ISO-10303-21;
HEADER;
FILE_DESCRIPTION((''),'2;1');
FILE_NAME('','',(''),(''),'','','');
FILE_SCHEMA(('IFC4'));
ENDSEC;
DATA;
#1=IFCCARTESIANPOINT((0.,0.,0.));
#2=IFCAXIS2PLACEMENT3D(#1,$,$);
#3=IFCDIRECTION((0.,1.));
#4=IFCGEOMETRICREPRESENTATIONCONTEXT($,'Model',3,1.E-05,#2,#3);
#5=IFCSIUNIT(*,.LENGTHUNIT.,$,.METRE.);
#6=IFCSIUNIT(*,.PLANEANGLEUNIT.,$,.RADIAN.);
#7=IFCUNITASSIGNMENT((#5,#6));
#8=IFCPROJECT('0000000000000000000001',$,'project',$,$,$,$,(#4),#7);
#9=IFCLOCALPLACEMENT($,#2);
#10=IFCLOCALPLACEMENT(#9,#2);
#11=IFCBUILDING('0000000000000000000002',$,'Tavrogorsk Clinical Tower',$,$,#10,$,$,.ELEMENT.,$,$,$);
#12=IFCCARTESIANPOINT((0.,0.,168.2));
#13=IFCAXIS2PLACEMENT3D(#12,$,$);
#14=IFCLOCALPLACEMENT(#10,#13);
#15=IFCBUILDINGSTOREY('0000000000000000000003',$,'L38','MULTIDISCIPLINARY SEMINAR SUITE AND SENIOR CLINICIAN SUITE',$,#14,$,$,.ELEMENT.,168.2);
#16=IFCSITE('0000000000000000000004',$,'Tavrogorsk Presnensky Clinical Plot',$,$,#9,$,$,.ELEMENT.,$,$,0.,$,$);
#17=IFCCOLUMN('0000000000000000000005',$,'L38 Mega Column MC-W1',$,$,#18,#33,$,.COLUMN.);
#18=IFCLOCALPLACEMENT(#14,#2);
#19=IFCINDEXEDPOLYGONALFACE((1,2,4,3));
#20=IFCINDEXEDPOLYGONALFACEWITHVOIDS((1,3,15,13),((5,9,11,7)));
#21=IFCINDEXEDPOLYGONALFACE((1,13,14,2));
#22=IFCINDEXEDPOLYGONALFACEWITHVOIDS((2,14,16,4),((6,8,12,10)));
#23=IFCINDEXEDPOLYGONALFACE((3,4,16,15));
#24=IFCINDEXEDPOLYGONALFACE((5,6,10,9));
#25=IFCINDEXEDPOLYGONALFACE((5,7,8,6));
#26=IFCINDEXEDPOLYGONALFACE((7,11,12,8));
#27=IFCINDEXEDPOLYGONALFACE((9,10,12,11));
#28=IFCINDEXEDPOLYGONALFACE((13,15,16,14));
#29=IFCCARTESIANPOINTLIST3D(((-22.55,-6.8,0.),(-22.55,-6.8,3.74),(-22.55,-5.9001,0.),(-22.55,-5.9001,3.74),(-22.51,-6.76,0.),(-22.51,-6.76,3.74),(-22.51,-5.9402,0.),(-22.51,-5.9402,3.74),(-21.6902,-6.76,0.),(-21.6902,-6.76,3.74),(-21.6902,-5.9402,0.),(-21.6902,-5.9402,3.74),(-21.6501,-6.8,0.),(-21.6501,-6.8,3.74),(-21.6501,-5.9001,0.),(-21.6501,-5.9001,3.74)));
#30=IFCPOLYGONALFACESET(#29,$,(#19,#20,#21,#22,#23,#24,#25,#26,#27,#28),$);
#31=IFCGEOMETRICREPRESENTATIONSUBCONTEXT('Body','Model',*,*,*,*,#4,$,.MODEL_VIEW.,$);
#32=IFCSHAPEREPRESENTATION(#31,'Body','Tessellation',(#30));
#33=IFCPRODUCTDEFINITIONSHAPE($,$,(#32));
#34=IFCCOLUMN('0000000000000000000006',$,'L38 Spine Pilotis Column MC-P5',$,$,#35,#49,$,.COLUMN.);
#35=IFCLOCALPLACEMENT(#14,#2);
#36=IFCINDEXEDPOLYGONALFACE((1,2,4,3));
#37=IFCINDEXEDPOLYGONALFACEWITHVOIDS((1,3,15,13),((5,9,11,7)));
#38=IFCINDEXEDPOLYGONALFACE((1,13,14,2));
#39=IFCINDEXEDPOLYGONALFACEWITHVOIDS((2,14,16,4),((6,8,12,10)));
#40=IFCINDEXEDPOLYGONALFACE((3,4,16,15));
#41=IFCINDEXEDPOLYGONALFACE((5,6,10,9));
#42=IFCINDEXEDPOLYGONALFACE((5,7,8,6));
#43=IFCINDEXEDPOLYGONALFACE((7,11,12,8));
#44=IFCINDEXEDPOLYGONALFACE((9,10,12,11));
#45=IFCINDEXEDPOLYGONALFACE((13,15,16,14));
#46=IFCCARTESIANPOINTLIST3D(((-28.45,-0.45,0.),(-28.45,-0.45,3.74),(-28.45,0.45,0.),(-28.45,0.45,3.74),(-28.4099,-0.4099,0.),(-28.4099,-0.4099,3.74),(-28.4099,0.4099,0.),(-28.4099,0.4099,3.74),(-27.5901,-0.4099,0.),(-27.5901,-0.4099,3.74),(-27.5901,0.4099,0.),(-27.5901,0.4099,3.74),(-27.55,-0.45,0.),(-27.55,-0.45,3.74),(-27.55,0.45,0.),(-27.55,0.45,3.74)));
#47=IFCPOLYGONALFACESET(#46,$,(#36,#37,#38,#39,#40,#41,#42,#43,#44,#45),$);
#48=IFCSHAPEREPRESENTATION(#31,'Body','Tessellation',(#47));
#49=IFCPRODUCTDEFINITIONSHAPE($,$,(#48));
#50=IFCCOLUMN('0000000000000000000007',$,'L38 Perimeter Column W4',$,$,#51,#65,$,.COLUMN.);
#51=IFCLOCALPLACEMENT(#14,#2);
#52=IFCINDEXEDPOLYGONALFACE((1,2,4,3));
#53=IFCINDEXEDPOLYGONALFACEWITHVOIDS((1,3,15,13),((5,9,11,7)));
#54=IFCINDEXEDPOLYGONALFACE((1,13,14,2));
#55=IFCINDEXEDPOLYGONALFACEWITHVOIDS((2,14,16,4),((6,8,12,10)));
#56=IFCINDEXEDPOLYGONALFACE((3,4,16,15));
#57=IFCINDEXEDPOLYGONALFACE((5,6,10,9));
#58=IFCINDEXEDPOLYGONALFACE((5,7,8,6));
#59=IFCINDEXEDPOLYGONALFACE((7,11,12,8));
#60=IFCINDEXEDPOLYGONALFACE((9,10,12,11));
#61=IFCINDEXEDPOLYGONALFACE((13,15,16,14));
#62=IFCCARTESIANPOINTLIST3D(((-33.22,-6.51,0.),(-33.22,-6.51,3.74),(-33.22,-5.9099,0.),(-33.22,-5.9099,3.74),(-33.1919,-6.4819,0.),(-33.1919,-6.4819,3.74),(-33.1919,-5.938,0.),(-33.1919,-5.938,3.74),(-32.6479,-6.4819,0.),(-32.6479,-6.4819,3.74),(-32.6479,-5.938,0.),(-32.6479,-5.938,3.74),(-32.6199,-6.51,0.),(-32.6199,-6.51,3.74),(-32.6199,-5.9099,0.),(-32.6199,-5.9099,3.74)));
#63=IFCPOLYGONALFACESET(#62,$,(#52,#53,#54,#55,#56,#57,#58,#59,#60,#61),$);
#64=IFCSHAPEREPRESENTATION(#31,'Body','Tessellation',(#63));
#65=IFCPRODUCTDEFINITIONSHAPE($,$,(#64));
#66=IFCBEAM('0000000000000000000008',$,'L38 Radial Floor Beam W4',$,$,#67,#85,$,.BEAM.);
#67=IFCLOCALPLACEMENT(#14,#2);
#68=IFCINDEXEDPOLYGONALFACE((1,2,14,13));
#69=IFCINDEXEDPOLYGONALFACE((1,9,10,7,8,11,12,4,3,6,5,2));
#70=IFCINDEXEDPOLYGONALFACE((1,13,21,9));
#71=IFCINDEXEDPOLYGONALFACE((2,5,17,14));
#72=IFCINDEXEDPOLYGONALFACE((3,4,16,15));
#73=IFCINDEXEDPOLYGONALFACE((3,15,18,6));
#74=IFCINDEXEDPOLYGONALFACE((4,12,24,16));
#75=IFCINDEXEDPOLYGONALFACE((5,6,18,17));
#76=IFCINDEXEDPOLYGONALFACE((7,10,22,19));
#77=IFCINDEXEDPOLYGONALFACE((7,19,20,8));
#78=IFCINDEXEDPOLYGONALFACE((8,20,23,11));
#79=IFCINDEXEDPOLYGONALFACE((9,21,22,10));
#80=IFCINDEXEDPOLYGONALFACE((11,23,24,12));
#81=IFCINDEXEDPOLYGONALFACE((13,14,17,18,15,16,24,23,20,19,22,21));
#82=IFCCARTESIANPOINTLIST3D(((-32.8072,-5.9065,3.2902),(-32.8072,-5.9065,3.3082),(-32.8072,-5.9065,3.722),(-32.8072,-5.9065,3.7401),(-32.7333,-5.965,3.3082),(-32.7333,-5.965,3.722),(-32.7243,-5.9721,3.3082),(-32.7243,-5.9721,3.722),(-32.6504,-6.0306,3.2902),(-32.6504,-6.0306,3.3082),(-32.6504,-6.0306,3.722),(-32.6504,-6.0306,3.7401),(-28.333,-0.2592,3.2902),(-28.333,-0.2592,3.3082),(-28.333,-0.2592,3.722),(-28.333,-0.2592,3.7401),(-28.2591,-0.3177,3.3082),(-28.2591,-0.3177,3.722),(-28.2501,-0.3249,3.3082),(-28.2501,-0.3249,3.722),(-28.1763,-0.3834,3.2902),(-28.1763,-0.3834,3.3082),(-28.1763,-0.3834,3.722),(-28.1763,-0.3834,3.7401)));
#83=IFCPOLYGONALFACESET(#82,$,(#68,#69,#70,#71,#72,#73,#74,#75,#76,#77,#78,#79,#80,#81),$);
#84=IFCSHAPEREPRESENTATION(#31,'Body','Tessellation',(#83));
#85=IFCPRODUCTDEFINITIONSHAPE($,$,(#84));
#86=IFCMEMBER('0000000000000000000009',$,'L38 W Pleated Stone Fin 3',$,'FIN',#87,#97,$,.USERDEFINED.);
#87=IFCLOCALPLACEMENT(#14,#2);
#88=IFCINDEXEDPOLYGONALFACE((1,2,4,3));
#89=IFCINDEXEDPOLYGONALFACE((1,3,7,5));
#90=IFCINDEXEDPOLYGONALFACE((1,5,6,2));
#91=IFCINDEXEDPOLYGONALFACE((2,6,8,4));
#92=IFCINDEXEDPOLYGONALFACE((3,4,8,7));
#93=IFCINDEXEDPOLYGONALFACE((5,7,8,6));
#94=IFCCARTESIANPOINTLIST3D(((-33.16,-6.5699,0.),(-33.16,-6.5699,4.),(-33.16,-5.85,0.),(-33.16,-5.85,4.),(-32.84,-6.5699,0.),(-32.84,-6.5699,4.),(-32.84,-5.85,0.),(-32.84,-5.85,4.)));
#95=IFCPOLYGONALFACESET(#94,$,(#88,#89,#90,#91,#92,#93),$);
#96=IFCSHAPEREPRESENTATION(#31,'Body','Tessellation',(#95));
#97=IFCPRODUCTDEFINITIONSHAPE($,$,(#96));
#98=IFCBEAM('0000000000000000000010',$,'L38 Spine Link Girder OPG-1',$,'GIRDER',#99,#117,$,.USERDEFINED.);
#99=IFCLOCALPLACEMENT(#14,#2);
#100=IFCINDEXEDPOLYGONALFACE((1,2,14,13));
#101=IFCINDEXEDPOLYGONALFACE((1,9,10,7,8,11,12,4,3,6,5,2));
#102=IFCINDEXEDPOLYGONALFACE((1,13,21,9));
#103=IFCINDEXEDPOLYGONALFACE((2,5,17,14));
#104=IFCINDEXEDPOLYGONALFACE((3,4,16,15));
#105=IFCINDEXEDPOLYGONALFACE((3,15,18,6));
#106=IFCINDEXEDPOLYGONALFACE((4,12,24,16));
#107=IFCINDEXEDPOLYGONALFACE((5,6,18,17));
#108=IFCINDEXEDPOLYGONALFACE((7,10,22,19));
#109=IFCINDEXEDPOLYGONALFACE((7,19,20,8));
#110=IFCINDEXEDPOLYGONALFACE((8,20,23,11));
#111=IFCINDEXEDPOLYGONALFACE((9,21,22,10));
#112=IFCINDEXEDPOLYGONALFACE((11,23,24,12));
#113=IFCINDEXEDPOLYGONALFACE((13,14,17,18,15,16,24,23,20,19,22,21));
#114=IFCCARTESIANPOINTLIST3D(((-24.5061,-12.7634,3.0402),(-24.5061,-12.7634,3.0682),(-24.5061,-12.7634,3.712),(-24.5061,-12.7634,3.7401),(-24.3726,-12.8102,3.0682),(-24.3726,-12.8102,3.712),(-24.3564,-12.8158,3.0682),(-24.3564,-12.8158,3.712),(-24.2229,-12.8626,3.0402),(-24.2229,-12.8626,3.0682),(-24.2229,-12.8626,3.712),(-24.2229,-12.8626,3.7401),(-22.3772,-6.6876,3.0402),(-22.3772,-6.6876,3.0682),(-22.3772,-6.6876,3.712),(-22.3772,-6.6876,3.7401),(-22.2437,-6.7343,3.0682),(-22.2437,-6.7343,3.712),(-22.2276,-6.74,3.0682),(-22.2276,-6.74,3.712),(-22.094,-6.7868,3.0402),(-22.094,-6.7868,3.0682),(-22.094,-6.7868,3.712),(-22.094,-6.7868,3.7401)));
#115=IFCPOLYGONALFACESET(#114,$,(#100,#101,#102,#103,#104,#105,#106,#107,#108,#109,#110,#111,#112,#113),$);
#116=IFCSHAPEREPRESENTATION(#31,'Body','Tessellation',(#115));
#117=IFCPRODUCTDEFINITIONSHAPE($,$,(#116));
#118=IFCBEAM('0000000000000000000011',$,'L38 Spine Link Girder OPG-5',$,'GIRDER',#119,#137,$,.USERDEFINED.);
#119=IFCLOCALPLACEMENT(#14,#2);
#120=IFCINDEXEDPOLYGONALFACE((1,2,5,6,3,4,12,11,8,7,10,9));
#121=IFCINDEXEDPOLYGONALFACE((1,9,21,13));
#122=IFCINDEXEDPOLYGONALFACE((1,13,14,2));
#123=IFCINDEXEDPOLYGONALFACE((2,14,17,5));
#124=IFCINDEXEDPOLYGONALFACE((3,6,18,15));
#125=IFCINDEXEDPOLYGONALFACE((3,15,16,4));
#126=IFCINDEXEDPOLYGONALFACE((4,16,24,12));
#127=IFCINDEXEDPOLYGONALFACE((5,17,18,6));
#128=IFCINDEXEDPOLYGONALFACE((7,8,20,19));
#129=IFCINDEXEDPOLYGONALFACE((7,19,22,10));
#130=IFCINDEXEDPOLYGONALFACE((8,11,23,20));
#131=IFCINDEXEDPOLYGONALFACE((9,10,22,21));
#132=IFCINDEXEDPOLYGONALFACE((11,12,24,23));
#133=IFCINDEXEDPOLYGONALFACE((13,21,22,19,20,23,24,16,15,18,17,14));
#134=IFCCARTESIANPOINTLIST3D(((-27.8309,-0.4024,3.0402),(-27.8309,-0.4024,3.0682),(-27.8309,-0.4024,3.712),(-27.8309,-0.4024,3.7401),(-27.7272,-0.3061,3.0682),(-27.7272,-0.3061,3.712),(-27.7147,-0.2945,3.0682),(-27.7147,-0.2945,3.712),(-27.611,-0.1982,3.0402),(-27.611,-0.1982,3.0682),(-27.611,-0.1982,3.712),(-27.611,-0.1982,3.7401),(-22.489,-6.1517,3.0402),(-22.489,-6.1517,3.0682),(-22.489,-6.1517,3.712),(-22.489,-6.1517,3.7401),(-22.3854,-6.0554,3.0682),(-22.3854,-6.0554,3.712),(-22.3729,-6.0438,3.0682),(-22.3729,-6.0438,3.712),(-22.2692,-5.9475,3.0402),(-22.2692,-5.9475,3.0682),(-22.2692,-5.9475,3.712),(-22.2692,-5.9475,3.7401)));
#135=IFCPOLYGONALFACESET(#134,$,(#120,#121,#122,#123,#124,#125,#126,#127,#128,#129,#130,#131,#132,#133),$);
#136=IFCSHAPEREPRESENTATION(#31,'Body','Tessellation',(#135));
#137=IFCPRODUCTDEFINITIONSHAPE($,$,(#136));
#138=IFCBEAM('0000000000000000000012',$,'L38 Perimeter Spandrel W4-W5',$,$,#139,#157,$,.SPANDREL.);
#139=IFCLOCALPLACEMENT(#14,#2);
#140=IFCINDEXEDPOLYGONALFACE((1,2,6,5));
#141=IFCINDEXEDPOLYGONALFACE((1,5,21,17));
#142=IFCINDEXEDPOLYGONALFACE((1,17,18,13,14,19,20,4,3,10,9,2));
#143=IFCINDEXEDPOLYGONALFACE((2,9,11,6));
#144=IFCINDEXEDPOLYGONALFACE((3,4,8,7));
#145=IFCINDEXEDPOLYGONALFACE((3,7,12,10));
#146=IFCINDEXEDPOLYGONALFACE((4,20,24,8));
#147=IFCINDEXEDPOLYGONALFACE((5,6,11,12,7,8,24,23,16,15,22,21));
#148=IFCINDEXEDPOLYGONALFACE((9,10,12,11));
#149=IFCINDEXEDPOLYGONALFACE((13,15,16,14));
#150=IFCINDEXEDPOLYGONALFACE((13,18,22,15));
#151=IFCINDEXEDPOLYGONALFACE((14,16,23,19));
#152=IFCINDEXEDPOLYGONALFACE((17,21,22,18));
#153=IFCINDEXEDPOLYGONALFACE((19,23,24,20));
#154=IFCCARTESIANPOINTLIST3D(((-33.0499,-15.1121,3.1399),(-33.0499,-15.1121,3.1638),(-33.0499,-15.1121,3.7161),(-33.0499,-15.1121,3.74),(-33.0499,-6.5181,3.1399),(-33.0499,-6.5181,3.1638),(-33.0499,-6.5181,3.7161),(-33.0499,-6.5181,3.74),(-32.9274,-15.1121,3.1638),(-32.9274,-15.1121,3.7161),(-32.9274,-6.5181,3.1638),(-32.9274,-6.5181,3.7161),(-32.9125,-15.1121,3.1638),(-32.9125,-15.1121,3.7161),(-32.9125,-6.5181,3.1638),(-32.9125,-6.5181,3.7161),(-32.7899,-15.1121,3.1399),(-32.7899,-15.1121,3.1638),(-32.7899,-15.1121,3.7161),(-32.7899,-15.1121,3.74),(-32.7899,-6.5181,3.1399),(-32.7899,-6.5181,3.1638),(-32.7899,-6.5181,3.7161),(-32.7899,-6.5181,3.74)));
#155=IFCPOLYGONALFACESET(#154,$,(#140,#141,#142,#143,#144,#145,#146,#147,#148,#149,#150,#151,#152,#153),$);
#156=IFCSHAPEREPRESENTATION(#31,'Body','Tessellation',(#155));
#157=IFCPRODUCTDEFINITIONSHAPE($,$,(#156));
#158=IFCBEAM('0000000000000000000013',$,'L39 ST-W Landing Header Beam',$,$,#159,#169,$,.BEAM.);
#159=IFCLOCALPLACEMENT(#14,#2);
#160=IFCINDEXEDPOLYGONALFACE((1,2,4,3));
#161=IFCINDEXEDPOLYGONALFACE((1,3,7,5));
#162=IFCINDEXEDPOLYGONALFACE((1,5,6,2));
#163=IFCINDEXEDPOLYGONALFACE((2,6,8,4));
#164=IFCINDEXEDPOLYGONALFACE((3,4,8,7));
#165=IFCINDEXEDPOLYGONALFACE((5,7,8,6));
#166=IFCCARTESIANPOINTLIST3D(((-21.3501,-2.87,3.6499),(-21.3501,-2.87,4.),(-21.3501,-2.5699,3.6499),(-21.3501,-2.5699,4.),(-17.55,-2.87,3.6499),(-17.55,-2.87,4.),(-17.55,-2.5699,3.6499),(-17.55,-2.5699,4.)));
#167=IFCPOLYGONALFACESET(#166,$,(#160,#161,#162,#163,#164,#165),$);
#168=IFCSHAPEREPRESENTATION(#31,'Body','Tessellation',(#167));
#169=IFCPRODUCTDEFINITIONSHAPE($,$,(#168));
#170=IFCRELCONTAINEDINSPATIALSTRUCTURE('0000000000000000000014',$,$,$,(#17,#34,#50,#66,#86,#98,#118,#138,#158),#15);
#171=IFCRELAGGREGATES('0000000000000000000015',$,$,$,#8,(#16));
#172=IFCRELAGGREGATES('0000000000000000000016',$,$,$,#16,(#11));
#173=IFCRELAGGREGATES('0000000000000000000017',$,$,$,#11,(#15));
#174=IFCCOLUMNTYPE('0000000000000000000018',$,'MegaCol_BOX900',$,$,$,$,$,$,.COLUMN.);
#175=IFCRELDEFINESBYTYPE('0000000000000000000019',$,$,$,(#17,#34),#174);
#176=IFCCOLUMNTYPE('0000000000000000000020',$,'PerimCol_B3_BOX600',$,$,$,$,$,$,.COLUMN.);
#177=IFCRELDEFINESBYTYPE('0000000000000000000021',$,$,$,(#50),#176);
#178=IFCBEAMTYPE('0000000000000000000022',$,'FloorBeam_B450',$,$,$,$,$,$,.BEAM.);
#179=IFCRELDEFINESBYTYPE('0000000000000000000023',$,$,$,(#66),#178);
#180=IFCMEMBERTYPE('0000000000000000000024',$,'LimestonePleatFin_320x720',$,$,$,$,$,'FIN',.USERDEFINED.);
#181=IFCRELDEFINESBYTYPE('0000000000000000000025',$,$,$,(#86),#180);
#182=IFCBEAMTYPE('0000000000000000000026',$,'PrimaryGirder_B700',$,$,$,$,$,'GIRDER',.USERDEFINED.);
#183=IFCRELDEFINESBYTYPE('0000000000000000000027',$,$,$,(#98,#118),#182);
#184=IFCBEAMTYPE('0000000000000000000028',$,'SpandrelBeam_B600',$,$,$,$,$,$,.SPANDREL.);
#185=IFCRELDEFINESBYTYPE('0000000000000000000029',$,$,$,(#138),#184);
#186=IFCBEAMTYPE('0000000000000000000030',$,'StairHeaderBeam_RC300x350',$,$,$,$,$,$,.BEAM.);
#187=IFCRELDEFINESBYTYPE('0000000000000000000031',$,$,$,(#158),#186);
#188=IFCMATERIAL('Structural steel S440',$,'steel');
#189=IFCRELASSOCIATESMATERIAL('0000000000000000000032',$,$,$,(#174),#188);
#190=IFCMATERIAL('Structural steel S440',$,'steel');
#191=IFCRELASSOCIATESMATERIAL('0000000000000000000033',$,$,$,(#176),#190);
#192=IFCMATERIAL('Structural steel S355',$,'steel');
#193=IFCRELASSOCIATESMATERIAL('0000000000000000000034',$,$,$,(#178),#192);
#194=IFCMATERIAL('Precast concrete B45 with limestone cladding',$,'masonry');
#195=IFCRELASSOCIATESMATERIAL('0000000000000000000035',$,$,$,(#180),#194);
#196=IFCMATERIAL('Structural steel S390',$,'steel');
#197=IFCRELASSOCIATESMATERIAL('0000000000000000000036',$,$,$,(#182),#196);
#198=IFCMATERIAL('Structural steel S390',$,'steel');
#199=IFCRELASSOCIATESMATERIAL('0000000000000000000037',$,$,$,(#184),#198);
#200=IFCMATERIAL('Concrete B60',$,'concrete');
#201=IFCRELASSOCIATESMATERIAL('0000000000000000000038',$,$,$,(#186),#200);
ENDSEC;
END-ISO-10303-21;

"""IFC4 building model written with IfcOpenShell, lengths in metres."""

from ifc_helpers import new_model, si_unit, direction, frame, origin, origin_2d, place, context, subcontext, project, spatial, rectangle, hollow_rectangle, i_section, extrude, material, material_profile, profile_set, type_object, element, save


model = new_model("IFC4")

# Units and contexts
model_context = context("Model", 3, precision=1e-05, world=origin(), true_north=direction((0.0, 1.0)))
body_context = subcontext(model_context, "Body", "Model", "MODEL_VIEW")
ifc_project = project(units=[si_unit("LENGTHUNIT", "METRE"), si_unit("PLANEANGLEUNIT", "RADIAN")], contexts=[model_context])

# Site, building, storey
site_placement = place(None, origin())
site = spatial("IfcSite", under=ifc_project, at=site_placement, Name="Tavrogorsk Presnensky Clinical Plot", CompositionType="ELEMENT", RefElevation=0.0)
building_placement = place(site_placement, origin())
building = spatial("IfcBuilding", under=site, at=building_placement, Name="Tavrogorsk Clinical Tower", CompositionType="ELEMENT")
storey_placement = place(building_placement, frame((0.0, 0.0, 168.2)))
storey = spatial("IfcBuildingStorey", under=building, at=storey_placement, Name="L38", Description="MULTIDISCIPLINARY SEMINAR SUITE AND SENIOR CLINICIAN SUITE", CompositionType="ELEMENT", Elevation=168.2)

# Columns
ifc_material_1 = material(Name="Structural steel S440", Category="steel")
ifc_material_profile_1 = material_profile(ifc_material_1, hollow_rectangle(XDim=0.8999, YDim=0.8999, WallThickness=0.04, at=origin_2d()), Name="BOX-900x900x40")
ifc_profile_set_1 = profile_set([ifc_material_profile_1], Name="Structural steel S440")
column_type_1 = type_object("IfcColumnType", Name="MegaCol_BOX900", PredefinedType="COLUMN", material=ifc_profile_set_1)
for number, where, z_axis, x_axis, name in (
    (1, (-22.1001, -6.3501, 0.0), (0.0, 0.0, 1.0), (1.0, 0.0, 0.0), "L38 Mega Column MC-W1"),
    (2, (-28.0, 0.0, 0.0), (0.0, 0.0, 1.0), (1.0, 0.0, 0.0), "L38 Spine Pilotis Column MC-P5"),
):
    element("IfcColumn", number, at=place(storey_placement, frame(where, z_axis=z_axis, x_axis=x_axis)), inside=storey, type_object=column_type_1, Name=name, PredefinedType="COLUMN", context=body_context, shape_type="SweptSolid", body=[
        extrude(hollow_rectangle(XDim=0.8999, YDim=0.8999, WallThickness=0.04, at=origin_2d()), origin(), (0.0, 0.0, 1.0), 3.74),
    ])
ifc_material_2 = material(Name="Structural steel S440", Category="steel")
ifc_material_profile_2 = material_profile(ifc_material_2, hollow_rectangle(XDim=0.6001, YDim=0.6001, WallThickness=0.0281, at=origin_2d()), Name="BOX-600x600x28")
ifc_profile_set_2 = profile_set([ifc_material_profile_2], Name="Structural steel S440")
column_type_2 = type_object("IfcColumnType", Name="PerimCol_B3_BOX600", PredefinedType="COLUMN", material=ifc_profile_set_2)
column_placement = place(storey_placement, frame((-32.9199, -6.21, 0.0), z_axis=(0.0, 0.0, 1.0), x_axis=(1.0, 0.0, 0.0)))
element("IfcColumn", 3, at=column_placement, inside=storey, type_object=column_type_2, Name="L38 Perimeter Column W4", PredefinedType="COLUMN", context=body_context, shape_type="SweptSolid", body=[
    extrude(hollow_rectangle(XDim=0.6001, YDim=0.6001, WallThickness=0.0281, at=origin_2d()), origin(), (0.0, 0.0, 1.0), 3.74),
])

# Beam
ifc_material_3 = material(Name="Structural steel S355", Category="steel")
ifc_material_profile_3 = material_profile(ifc_material_3, i_section(OverallWidth=0.2, OverallDepth=0.45, WebThickness=0.0115, FlangeThickness=0.0181, at=origin_2d()), Name="B-450x200x11.5x18")
ifc_profile_set_3 = profile_set([ifc_material_profile_3], Name="Structural steel S355")
beam_type_1 = type_object("IfcBeamType", Name="FloorBeam_B450", PredefinedType="BEAM", material=ifc_profile_set_3)
beam_1_placement = place(storey_placement, frame((-28.2546, -0.3213, 3.5151), z_axis=(-0.620994, -0.783816, 0.0), x_axis=(0.783816, -0.620994, 0.0)))
element("IfcBeam", 4, at=beam_1_placement, inside=storey, type_object=beam_type_1, Name="L38 Radial Floor Beam W4", PredefinedType="BEAM", context=body_context, shape_type="SweptSolid", body=[
    extrude(i_section(OverallWidth=0.2, OverallDepth=0.45, WebThickness=0.0115, FlangeThickness=0.0181, at=origin_2d()), origin(), (0.0, 0.0, 1.0), 7.2048),
])

# Member
ifc_material_4 = material(Name="Precast concrete B45 with limestone cladding", Category="masonry")
ifc_material_profile_4 = material_profile(ifc_material_4, rectangle(XDim=0.3201, YDim=0.72, at=origin_2d()), Name="LIMESTONE-FIN-320x720")
ifc_profile_set_4 = profile_set([ifc_material_profile_4], Name="Precast concrete B45 with limestone cladding")
member_type = type_object("IfcMemberType", Name="LimestonePleatFin_320x720", ElementType="FIN", PredefinedType="USERDEFINED", material=ifc_profile_set_4)
member_placement = place(storey_placement, frame((-33.0, -6.21, 0.0), z_axis=(0.0, 0.0, 1.0), x_axis=(1.0, 0.0, 0.0)))
element("IfcMember", 5, at=member_placement, inside=storey, type_object=member_type, Name="L38 W Pleated Stone Fin 3", ObjectType="FIN", PredefinedType="USERDEFINED", context=body_context, shape_type="SweptSolid", body=[
    extrude(rectangle(XDim=0.3201, YDim=0.72, at=origin_2d()), origin(), (0.0, 0.0, 1.0), 4.0),
])

# Beams
ifc_material_5 = material(Name="Structural steel S390", Category="steel")
ifc_material_profile_5 = material_profile(ifc_material_5, i_section(OverallWidth=0.3, OverallDepth=0.7, WebThickness=0.0171, FlangeThickness=0.0281, at=origin_2d()), Name="B-700x300x17x28")
ifc_profile_set_5 = profile_set([ifc_material_profile_5], Name="Structural steel S390")
beam_type_2 = type_object("IfcBeamType", Name="PrimaryGirder_B700", ElementType="GIRDER", PredefinedType="USERDEFINED", material=ifc_profile_set_5)
beam_2_placement = place(storey_placement, frame((-24.3645, -12.813, 3.3901), z_axis=(0.330673, 0.943745, 0.0), x_axis=(-0.943745, 0.330673, 0.0)))
element("IfcBeam", 6, at=beam_2_placement, inside=storey, type_object=beam_type_2, Name="L38 Spine Link Girder OPG-1", ObjectType="GIRDER", PredefinedType="USERDEFINED", context=body_context, shape_type="SweptSolid", body=[
    extrude(i_section(OverallWidth=0.3, OverallDepth=0.7, WebThickness=0.0171, FlangeThickness=0.0281, at=origin_2d()), origin(), (0.0, 0.0, 1.0), 6.438),
])
beam_3_placement = place(storey_placement, frame((-27.7209, -0.3003, 3.3901), z_axis=(0.680669, -0.732591, 0.0), x_axis=(0.732591, 0.680669, 0.0)))
element("IfcBeam", 7, at=beam_3_placement, inside=storey, type_object=beam_type_2, Name="L38 Spine Link Girder OPG-5", ObjectType="GIRDER", PredefinedType="USERDEFINED", context=body_context, shape_type="SweptSolid", body=[
    extrude(i_section(OverallWidth=0.3, OverallDepth=0.7, WebThickness=0.0171, FlangeThickness=0.0281, at=origin_2d()), origin(), (0.0, 0.0, 1.0), 7.8479),
])
ifc_material_6 = material(Name="Structural steel S390", Category="steel")
ifc_material_profile_6 = material_profile(ifc_material_6, i_section(OverallWidth=0.26, OverallDepth=0.6001, WebThickness=0.0149, FlangeThickness=0.0239, at=origin_2d()), Name="B-600x260x15x24")
ifc_profile_set_6 = profile_set([ifc_material_profile_6], Name="Structural steel S390")
beam_type_3 = type_object("IfcBeamType", Name="SpandrelBeam_B600", PredefinedType="SPANDREL", material=ifc_profile_set_6)
beam_4_placement = place(storey_placement, frame((-32.9199, -6.5181, 3.4399), z_axis=(0.0, -1.0, 0.0), x_axis=(1.0, 0.0, 0.0)))
element("IfcBeam", 8, at=beam_4_placement, inside=storey, type_object=beam_type_3, Name="L38 Perimeter Spandrel W4-W5", PredefinedType="SPANDREL", context=body_context, shape_type="SweptSolid", body=[
    extrude(i_section(OverallWidth=0.26, OverallDepth=0.6001, WebThickness=0.0149, FlangeThickness=0.0239, at=origin_2d()), origin(), (0.0, 0.0, 1.0), 8.594),
])
ifc_material_7 = material(Name="Concrete B60", Category="concrete")
ifc_material_profile_7 = material_profile(ifc_material_7, rectangle(XDim=0.3, YDim=0.3501, at=origin_2d()), Name="RC-SHB-300x350")
ifc_profile_set_7 = profile_set([ifc_material_profile_7], Name="Concrete B60")
beam_type_4 = type_object("IfcBeamType", Name="StairHeaderBeam_RC300x350", PredefinedType="BEAM", material=ifc_profile_set_7)
beam_5_placement = place(storey_placement, frame((-21.3501, -2.72, 3.825), z_axis=(1.0, 0.0, 0.0), x_axis=(0.0, 1.0, 0.0)))
element("IfcBeam", 9, at=beam_5_placement, inside=storey, type_object=beam_type_4, Name="L39 ST-W Landing Header Beam", PredefinedType="BEAM", context=body_context, shape_type="SweptSolid", body=[
    extrude(rectangle(XDim=0.3, YDim=0.3501, at=origin_2d()), origin(), (0.0, 0.0, 1.0), 3.8),
])

save(model, "model.ifc")
